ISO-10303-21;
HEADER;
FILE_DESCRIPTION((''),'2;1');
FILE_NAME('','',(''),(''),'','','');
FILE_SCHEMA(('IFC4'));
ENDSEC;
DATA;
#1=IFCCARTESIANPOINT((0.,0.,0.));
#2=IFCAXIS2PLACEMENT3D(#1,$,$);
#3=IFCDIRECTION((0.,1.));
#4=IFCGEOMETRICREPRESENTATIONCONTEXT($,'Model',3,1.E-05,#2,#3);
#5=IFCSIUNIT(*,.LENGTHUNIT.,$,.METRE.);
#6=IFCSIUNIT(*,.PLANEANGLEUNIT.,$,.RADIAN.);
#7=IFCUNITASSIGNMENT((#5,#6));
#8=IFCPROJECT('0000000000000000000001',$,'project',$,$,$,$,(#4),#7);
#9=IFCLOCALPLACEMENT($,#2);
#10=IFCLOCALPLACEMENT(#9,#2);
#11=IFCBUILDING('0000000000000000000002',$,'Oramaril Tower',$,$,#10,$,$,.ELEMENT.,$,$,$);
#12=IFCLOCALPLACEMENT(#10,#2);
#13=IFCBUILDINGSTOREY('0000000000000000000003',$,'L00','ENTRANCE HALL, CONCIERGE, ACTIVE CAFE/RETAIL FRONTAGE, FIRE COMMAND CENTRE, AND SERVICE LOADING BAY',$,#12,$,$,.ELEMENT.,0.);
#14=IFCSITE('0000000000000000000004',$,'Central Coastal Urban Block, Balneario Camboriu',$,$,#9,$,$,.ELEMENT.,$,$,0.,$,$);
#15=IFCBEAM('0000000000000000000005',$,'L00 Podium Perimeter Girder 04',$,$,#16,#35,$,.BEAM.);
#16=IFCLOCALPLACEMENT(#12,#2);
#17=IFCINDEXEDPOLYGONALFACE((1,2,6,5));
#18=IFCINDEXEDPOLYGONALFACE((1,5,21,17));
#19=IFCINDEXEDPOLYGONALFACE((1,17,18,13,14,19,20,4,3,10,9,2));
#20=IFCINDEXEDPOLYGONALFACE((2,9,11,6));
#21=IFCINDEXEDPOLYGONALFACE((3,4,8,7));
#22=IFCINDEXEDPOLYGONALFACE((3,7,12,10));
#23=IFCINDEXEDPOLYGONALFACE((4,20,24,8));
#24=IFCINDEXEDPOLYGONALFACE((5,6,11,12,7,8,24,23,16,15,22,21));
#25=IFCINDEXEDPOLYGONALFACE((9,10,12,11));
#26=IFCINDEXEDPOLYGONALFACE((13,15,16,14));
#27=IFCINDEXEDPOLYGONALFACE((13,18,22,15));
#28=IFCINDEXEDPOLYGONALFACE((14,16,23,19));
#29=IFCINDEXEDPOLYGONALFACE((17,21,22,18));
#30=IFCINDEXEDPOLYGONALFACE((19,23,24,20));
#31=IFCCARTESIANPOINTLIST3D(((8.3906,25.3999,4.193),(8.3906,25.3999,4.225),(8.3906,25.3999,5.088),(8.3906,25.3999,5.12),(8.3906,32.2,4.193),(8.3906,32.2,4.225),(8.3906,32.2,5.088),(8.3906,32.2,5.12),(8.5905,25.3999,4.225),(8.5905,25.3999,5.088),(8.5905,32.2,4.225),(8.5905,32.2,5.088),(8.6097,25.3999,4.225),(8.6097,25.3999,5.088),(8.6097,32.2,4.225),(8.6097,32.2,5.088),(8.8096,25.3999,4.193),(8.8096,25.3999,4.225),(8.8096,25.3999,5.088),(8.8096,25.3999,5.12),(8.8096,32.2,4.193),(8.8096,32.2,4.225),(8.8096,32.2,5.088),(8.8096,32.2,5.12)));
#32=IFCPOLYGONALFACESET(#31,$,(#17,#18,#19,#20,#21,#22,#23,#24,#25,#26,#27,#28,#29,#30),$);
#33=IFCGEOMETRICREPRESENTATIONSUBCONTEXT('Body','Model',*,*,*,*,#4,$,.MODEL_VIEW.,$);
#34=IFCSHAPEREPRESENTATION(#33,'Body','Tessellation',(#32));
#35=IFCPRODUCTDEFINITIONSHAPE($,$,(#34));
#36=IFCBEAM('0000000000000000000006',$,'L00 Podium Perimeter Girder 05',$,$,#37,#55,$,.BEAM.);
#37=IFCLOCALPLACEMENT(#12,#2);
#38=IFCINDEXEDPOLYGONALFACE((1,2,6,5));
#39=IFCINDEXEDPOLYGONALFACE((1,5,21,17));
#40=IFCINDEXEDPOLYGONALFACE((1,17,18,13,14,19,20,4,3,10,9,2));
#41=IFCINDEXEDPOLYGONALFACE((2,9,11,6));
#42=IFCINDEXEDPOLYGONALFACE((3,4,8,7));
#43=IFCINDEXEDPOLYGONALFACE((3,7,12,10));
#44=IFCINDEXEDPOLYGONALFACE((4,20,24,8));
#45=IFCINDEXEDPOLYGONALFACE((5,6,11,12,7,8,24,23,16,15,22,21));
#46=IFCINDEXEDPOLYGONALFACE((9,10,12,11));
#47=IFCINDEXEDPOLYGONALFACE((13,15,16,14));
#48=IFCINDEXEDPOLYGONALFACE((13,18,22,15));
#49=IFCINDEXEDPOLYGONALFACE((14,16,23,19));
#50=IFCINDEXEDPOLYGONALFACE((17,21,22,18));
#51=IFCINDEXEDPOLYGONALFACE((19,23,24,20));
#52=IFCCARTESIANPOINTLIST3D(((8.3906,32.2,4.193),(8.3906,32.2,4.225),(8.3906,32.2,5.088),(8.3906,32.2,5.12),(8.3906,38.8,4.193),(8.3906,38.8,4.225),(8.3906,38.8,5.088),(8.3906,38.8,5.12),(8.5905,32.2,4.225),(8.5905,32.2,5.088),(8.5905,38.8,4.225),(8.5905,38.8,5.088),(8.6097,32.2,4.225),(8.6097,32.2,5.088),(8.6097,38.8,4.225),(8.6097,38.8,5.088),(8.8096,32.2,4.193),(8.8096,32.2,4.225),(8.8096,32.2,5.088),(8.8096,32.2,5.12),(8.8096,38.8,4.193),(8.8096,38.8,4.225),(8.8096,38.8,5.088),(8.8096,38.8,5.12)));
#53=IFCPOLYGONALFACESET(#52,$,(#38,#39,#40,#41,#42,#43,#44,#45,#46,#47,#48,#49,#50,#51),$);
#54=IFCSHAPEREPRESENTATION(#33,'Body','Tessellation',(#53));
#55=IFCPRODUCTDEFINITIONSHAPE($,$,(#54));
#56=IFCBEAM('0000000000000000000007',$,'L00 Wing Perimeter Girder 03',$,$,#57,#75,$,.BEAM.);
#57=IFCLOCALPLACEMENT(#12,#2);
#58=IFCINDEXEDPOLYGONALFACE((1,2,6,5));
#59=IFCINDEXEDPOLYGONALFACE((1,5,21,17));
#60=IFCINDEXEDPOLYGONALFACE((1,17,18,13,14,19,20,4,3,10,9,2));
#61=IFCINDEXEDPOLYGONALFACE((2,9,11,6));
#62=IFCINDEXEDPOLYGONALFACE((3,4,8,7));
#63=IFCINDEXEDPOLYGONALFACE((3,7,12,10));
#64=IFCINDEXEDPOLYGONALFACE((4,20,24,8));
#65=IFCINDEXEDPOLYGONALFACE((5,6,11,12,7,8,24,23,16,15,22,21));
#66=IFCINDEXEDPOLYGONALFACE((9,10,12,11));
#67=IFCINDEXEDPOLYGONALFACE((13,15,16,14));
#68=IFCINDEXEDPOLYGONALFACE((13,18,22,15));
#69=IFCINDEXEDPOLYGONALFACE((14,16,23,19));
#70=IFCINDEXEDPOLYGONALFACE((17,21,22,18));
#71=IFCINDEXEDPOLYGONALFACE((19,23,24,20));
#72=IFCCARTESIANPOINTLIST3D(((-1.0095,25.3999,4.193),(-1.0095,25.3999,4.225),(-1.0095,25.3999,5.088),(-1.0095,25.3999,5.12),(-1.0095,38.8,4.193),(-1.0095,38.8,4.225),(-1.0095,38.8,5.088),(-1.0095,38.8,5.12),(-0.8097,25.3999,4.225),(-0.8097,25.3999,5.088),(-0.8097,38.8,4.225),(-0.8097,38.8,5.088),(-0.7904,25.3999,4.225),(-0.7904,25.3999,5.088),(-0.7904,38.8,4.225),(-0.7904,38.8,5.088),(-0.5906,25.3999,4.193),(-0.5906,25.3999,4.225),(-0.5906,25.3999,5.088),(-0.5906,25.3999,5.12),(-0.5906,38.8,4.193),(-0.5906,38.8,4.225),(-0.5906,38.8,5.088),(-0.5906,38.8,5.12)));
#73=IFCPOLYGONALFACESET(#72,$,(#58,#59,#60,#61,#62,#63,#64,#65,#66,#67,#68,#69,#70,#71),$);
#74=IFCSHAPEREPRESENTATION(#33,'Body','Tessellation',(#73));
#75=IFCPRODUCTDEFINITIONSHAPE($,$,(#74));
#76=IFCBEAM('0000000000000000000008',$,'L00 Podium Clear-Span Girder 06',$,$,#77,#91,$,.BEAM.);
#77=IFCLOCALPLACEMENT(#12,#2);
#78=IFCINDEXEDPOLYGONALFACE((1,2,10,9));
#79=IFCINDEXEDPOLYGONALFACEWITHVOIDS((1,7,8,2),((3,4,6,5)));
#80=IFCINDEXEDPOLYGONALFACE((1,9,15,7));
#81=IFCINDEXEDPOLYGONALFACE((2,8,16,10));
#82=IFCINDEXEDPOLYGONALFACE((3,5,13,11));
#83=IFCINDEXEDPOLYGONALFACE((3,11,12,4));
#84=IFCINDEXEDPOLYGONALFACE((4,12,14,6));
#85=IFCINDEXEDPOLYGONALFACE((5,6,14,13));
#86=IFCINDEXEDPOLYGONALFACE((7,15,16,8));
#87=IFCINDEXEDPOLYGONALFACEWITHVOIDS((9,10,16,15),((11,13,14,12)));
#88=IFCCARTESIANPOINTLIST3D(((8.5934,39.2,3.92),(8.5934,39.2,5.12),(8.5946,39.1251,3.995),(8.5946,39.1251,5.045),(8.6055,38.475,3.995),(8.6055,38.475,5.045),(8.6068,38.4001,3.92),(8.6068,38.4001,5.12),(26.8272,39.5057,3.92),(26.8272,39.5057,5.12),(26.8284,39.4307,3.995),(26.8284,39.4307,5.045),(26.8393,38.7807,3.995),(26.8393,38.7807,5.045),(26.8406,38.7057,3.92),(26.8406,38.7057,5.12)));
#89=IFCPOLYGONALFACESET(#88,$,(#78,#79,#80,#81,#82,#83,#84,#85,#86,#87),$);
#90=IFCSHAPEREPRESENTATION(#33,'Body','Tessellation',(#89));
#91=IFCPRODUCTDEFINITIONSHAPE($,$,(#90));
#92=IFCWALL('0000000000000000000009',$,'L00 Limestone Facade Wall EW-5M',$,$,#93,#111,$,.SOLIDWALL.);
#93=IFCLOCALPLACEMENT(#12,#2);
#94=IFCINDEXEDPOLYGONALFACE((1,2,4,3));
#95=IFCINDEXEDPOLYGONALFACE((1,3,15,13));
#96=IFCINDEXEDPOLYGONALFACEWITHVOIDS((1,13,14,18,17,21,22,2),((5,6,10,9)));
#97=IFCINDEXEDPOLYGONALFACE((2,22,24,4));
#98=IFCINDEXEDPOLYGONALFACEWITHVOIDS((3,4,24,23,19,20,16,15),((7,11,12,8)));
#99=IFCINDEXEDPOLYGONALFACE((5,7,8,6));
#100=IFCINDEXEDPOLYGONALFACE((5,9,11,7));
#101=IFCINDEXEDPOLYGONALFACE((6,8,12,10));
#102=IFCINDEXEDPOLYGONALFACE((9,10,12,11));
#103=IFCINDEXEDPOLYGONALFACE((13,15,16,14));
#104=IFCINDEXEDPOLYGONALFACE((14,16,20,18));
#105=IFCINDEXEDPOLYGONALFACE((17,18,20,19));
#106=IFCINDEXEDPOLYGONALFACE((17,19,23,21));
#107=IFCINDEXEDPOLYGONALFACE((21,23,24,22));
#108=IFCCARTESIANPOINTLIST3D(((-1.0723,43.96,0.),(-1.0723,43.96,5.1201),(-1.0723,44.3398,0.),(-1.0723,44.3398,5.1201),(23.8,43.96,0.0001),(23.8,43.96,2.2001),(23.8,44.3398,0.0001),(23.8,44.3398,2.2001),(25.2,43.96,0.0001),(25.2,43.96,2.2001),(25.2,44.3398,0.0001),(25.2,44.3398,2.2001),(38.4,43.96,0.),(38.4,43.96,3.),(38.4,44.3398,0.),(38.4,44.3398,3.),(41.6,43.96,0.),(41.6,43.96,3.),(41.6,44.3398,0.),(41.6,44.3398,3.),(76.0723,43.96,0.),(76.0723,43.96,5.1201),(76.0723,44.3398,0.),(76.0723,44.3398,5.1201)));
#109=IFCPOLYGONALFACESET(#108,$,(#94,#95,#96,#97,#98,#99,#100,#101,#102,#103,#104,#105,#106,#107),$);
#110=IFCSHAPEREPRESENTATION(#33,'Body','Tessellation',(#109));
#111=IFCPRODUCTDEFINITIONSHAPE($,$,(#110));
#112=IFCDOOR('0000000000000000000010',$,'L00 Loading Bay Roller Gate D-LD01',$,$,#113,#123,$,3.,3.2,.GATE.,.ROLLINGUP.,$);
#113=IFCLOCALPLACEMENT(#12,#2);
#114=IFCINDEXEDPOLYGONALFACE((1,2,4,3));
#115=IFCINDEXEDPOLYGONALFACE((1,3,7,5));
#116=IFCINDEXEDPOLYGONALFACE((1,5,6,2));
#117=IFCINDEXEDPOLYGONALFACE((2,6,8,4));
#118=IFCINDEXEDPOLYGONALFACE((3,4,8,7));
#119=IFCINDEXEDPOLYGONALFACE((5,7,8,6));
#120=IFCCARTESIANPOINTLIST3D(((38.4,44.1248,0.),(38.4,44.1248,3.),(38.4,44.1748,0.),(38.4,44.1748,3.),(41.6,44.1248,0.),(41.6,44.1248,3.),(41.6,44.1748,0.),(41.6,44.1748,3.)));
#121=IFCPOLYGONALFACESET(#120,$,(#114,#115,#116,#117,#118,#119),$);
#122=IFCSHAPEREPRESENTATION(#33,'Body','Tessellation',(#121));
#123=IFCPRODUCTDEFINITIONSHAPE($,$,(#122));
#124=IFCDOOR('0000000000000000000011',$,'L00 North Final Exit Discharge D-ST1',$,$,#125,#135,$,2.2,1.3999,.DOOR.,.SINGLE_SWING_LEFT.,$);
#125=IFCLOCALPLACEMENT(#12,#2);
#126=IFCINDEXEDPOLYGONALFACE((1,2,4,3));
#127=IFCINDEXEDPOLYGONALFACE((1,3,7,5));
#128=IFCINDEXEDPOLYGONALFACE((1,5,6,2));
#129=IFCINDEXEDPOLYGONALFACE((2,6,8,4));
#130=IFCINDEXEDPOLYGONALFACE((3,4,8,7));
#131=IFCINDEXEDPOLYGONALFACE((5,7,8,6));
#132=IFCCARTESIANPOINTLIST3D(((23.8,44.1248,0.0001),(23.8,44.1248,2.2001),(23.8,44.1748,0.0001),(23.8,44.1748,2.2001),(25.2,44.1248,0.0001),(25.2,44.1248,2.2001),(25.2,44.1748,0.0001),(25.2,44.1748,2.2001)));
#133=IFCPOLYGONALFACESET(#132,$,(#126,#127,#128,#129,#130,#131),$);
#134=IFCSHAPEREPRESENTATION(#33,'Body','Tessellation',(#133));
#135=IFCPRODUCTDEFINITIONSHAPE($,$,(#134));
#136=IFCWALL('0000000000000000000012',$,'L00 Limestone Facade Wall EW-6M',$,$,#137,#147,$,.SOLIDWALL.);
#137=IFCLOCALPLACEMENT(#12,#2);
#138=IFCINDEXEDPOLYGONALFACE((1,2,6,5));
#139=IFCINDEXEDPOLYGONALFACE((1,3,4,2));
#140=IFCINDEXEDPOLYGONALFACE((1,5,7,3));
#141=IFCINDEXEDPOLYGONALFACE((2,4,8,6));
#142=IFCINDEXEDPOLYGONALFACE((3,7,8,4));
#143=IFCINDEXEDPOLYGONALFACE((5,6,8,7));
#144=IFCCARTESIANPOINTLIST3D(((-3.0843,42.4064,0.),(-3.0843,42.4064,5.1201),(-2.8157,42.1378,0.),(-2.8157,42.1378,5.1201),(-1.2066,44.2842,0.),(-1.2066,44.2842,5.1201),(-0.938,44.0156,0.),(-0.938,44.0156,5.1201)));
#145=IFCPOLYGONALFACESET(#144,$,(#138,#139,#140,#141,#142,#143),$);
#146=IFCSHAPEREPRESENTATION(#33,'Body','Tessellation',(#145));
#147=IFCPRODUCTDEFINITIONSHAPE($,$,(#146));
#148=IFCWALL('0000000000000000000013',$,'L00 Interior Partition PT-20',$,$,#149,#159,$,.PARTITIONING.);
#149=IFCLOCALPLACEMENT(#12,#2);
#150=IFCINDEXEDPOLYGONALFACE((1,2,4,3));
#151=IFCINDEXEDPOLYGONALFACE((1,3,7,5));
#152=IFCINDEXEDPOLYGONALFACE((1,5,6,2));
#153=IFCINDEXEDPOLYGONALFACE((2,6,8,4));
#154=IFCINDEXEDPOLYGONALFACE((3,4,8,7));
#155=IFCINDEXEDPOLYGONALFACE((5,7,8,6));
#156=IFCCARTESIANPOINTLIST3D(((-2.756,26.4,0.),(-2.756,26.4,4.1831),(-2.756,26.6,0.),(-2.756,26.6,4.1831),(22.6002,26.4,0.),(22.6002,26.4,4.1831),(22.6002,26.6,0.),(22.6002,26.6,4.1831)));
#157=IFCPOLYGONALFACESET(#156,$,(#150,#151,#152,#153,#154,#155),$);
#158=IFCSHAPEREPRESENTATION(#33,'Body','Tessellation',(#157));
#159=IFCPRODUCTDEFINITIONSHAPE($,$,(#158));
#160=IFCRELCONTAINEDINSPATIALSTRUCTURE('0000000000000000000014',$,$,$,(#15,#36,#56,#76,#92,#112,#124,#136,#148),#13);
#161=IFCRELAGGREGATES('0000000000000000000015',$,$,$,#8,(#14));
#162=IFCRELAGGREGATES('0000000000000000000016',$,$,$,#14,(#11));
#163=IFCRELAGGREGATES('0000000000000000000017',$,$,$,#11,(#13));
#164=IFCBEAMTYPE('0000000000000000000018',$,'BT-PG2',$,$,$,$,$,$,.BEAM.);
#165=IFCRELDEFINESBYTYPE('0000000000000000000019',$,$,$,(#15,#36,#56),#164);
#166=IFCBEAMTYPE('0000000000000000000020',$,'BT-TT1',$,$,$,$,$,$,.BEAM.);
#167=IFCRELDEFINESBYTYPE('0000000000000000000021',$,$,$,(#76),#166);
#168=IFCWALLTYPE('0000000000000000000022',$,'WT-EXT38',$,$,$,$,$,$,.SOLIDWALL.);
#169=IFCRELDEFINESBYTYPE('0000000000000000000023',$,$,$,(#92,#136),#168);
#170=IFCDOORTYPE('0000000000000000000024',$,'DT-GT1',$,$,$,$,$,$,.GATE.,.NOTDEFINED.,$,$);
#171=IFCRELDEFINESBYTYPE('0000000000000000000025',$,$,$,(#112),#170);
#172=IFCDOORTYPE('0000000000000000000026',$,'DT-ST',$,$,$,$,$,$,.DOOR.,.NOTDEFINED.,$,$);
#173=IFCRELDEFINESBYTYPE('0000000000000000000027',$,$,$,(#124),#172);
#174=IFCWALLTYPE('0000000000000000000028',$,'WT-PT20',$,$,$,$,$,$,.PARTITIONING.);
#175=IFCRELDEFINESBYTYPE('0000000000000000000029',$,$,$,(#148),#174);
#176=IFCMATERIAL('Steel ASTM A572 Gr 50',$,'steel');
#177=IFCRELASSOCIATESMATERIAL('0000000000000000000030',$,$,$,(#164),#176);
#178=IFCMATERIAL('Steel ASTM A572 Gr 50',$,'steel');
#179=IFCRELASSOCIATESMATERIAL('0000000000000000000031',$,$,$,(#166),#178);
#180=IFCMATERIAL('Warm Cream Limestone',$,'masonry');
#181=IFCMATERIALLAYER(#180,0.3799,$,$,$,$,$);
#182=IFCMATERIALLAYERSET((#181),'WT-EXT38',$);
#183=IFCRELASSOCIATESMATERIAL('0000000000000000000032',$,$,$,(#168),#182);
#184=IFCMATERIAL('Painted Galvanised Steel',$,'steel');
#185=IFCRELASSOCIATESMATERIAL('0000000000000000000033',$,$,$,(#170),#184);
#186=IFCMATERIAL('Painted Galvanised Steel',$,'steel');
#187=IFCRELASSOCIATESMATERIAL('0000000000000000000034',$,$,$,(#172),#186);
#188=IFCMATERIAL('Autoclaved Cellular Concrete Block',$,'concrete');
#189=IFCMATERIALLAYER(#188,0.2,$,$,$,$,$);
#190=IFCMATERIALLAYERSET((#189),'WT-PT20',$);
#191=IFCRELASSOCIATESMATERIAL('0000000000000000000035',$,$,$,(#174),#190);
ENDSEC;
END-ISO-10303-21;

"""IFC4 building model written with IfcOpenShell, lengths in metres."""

from ifc_helpers import new_model, si_unit, direction, frame, frame_2d, origin, origin_2d, place, context, subcontext, project, spatial, rectangle, hollow_rectangle, i_section, extrude, material, layer, layer_set, material_profile, profile_set, type_object, element, fill, save


model = new_model("IFC4")

# Units and contexts
model_context = context("Model", 3, precision=1e-05, world=origin(), true_north=direction((0.0, 1.0)))
body_context = subcontext(model_context, "Body", "Model", "MODEL_VIEW")
ifc_project = project(units=[si_unit("LENGTHUNIT", "METRE"), si_unit("PLANEANGLEUNIT", "RADIAN")], contexts=[model_context])

# Site, building, storey
site_placement = place(None, origin())
site = spatial("IfcSite", under=ifc_project, at=site_placement, Name="Central Coastal Urban Block, Balneario Camboriu", CompositionType="ELEMENT", RefElevation=0.0)
building_placement = place(site_placement, origin())
building = spatial("IfcBuilding", under=site, at=building_placement, Name="Oramaril Tower", CompositionType="ELEMENT")
storey_placement = place(building_placement, origin())
storey = spatial("IfcBuildingStorey", under=building, at=storey_placement, Name="L00", Description="ENTRANCE HALL, CONCIERGE, ACTIVE CAFE/RETAIL FRONTAGE, FIRE COMMAND CENTRE, AND SERVICE LOADING BAY", CompositionType="ELEMENT", Elevation=0.0)

# Beams
ifc_material_1 = material(Name="Steel ASTM A572 Gr 50", Category="steel")
ifc_material_profile_1 = material_profile(ifc_material_1, i_section(OverallWidth=0.4189, OverallDepth=0.927, WebThickness=0.0193, FlangeThickness=0.032, at=origin_2d()), Name="W36X231")
ifc_profile_set_1 = profile_set([ifc_material_profile_1], Name="Steel ASTM A572 Gr 50")
beam_type_1 = type_object("IfcBeamType", Name="BT-PG2", PredefinedType="BEAM", material=ifc_profile_set_1)
beam_1_placement = place(storey_placement, frame((8.6001, 25.3999, 4.6565), z_axis=(0.0, 1.0, 0.0), x_axis=(-1.0, 0.0, 0.0)))
element("IfcBeam", 1, at=beam_1_placement, inside=storey, type_object=beam_type_1, Name="L00 Podium Perimeter Girder 04", PredefinedType="BEAM", context=body_context, shape_type="SweptSolid", body=[
    extrude(i_section(OverallWidth=0.4189, OverallDepth=0.927, WebThickness=0.0193, FlangeThickness=0.032, at=origin_2d()), origin(), (0.0, 0.0, 1.0), 6.8),
])
beam_2_placement = place(storey_placement, frame((8.6001, 32.2, 4.6565), z_axis=(0.0, 1.0, 0.0), x_axis=(-1.0, 0.0, 0.0)))
element("IfcBeam", 2, at=beam_2_placement, inside=storey, type_object=beam_type_1, Name="L00 Podium Perimeter Girder 05", PredefinedType="BEAM", context=body_context, shape_type="SweptSolid", body=[
    extrude(i_section(OverallWidth=0.4189, OverallDepth=0.927, WebThickness=0.0193, FlangeThickness=0.032, at=origin_2d()), origin(), (0.0, 0.0, 1.0), 6.6001),
])
beam_3_placement = place(storey_placement, frame((-0.8, 25.3999, 4.6565), z_axis=(0.0, 1.0, 0.0), x_axis=(-1.0, 0.0, 0.0)))
element("IfcBeam", 3, at=beam_3_placement, inside=storey, type_object=beam_type_1, Name="L00 Wing Perimeter Girder 03", PredefinedType="BEAM", context=body_context, shape_type="SweptSolid", body=[
    extrude(i_section(OverallWidth=0.4189, OverallDepth=0.927, WebThickness=0.0193, FlangeThickness=0.032, at=origin_2d()), origin(), (0.0, 0.0, 1.0), 13.4001),
])
ifc_material_2 = material(Name="Steel ASTM A572 Gr 50", Category="steel")
ifc_material_profile_2 = material_profile(ifc_material_2, hollow_rectangle(XDim=0.8, YDim=1.2, WallThickness=0.075, at=origin_2d()), Name="BOX1200X800X75")
ifc_profile_set_2 = profile_set([ifc_material_profile_2], Name="Steel ASTM A572 Gr 50")
beam_type_2 = type_object("IfcBeamType", Name="BT-TT1", PredefinedType="BEAM", material=ifc_profile_set_2)
beam_4_placement = place(storey_placement, frame((8.6001, 38.8, 4.52), z_axis=(0.99986, 0.016761, 0.0), x_axis=(-0.016761, 0.99986, 0.0)))
element("IfcBeam", 4, at=beam_4_placement, inside=storey, type_object=beam_type_2, Name="L00 Podium Clear-Span Girder 06", PredefinedType="BEAM", context=body_context, shape_type="SweptSolid", body=[
    extrude(hollow_rectangle(XDim=0.8, YDim=1.2, WallThickness=0.075, at=origin_2d()), origin(), (0.0, 0.0, 1.0), 18.2363),
])

# Wall, openings, doors
ifc_material_3 = material(Name="Warm Cream Limestone", Category="masonry")
ifc_layer_1 = layer(ifc_material_3, 0.3799)
ifc_layer_set_1 = layer_set([ifc_layer_1], Name="WT-EXT38")
wall_type_1 = type_object("IfcWallType", Name="WT-EXT38", PredefinedType="SOLIDWALL", material=ifc_layer_set_1)
wall_1_placement = place(storey_placement, frame((-1.0723, 44.1499, 0.0), z_axis=(0.0, 0.0, 1.0), x_axis=(1.0, 0.0, 0.0)))
wall_1 = element("IfcWall", 5, at=wall_1_placement, inside=storey, type_object=wall_type_1, Name="L00 Limestone Facade Wall EW-5M", PredefinedType="SOLIDWALL", context=body_context, shape_type="SweptSolid", body=[
    extrude(rectangle(XDim=77.1445, YDim=0.3799, at=frame_2d((38.5723, 0.0))), origin(), (0.0, 0.0, 1.0), 5.1201),
])
opening_1_placement = place(wall_1_placement, frame((24.8723, 0.0, 0.0)))
opening_1 = element("IfcOpeningElement", 6, at=opening_1_placement, cuts=wall_1, PredefinedType="OPENING", context=body_context, shape_type="SweptSolid", body=[
    extrude(rectangle(XDim=1.3999, YDim=2.2, at=frame_2d((0.7, 1.1001))), frame((0.0, 0.1899, 0.0), z_axis=(0.0, -1.0, 0.0), x_axis=(1.0, 0.0, 0.0)), (0.0, 0.0, 1.0), 0.3799),
])
opening_2_placement = place(wall_1_placement, frame((39.4722, 0.0, 0.0)))
opening_2 = element("IfcOpeningElement", 7, at=opening_2_placement, cuts=wall_1, PredefinedType="OPENING", context=body_context, shape_type="SweptSolid", body=[
    extrude(rectangle(XDim=3.2, YDim=3.0, at=frame_2d((1.6001, 1.5))), frame((0.0, 0.1899, 0.0), z_axis=(0.0, -1.0, 0.0), x_axis=(1.0, 0.0, 0.0)), (0.0, 0.0, 1.0), 0.3799),
])
ifc_material_4 = material(Name="Painted Galvanised Steel", Category="steel")
door_type_1 = type_object("IfcDoorType", Name="DT-GT1", OperationType="NOTDEFINED", PredefinedType="GATE", material=ifc_material_4)
door_1_placement = place(opening_2_placement, origin())
door_1 = element("IfcDoor", 8, at=door_1_placement, inside=storey, type_object=door_type_1, Name="L00 Loading Bay Roller Gate D-LD01", OperationType="ROLLINGUP", OverallHeight=3.0, OverallWidth=3.2, PredefinedType="GATE", context=body_context, shape_type="SweptSolid", body=[
    extrude(rectangle(XDim=3.2, YDim=3.0, at=frame_2d((1.6001, 1.5))), frame((0.0, 0.0249, 0.0), z_axis=(0.0, -1.0, 0.0), x_axis=(1.0, 0.0, 0.0)), (0.0, 0.0, 1.0), 0.05),
])
fill(opening_2, door_1)
ifc_material_5 = material(Name="Painted Galvanised Steel", Category="steel")
door_type_2 = type_object("IfcDoorType", Name="DT-ST", OperationType="NOTDEFINED", PredefinedType="DOOR", material=ifc_material_5)
door_2_placement = place(opening_1_placement, origin())
door_2 = element("IfcDoor", 9, at=door_2_placement, inside=storey, type_object=door_type_2, Name="L00 North Final Exit Discharge D-ST1", OperationType="SINGLE_SWING_LEFT", OverallHeight=2.2, OverallWidth=1.3999, PredefinedType="DOOR", context=body_context, shape_type="SweptSolid", body=[
    extrude(rectangle(XDim=1.3999, YDim=2.2, at=frame_2d((0.7, 1.1001))), frame((0.0, 0.0249, 0.0), z_axis=(0.0, -1.0, 0.0), x_axis=(1.0, 0.0, 0.0)), (0.0, 0.0, 1.0), 0.05),
])
fill(opening_1, door_2)

# Walls
wall_2_placement = place(storey_placement, frame((-2.95, 42.2722, 0.0), z_axis=(0.0, 0.0, 1.0), x_axis=(0.707107, 0.707107, 0.0)))
element("IfcWall", 10, at=wall_2_placement, inside=storey, type_object=wall_type_1, Name="L00 Limestone Facade Wall EW-6M", PredefinedType="SOLIDWALL", context=body_context, shape_type="SweptSolid", body=[
    extrude(rectangle(XDim=2.6555, YDim=0.3799, at=frame_2d((1.3276, 0.0))), origin(), (0.0, 0.0, 1.0), 5.1201),
])
ifc_material_6 = material(Name="Autoclaved Cellular Concrete Block", Category="concrete")
ifc_layer_2 = layer(ifc_material_6, 0.2)
ifc_layer_set_2 = layer_set([ifc_layer_2], Name="WT-PT20")
wall_type_2 = type_object("IfcWallType", Name="WT-PT20", PredefinedType="PARTITIONING", material=ifc_layer_set_2)
wall_3_placement = place(storey_placement, frame((-2.7561, 26.5, 0.0), z_axis=(0.0, 0.0, 1.0), x_axis=(1.0, 0.0, 0.0)))
element("IfcWall", 11, at=wall_3_placement, inside=storey, type_object=wall_type_2, Name="L00 Interior Partition PT-20", PredefinedType="PARTITIONING", context=body_context, shape_type="SweptSolid", body=[
    extrude(rectangle(XDim=25.3562, YDim=0.2, at=frame_2d((12.6782, 0.0))), origin(), (0.0, 0.0, 1.0), 4.1831),
])

save(model, "model.ifc")
